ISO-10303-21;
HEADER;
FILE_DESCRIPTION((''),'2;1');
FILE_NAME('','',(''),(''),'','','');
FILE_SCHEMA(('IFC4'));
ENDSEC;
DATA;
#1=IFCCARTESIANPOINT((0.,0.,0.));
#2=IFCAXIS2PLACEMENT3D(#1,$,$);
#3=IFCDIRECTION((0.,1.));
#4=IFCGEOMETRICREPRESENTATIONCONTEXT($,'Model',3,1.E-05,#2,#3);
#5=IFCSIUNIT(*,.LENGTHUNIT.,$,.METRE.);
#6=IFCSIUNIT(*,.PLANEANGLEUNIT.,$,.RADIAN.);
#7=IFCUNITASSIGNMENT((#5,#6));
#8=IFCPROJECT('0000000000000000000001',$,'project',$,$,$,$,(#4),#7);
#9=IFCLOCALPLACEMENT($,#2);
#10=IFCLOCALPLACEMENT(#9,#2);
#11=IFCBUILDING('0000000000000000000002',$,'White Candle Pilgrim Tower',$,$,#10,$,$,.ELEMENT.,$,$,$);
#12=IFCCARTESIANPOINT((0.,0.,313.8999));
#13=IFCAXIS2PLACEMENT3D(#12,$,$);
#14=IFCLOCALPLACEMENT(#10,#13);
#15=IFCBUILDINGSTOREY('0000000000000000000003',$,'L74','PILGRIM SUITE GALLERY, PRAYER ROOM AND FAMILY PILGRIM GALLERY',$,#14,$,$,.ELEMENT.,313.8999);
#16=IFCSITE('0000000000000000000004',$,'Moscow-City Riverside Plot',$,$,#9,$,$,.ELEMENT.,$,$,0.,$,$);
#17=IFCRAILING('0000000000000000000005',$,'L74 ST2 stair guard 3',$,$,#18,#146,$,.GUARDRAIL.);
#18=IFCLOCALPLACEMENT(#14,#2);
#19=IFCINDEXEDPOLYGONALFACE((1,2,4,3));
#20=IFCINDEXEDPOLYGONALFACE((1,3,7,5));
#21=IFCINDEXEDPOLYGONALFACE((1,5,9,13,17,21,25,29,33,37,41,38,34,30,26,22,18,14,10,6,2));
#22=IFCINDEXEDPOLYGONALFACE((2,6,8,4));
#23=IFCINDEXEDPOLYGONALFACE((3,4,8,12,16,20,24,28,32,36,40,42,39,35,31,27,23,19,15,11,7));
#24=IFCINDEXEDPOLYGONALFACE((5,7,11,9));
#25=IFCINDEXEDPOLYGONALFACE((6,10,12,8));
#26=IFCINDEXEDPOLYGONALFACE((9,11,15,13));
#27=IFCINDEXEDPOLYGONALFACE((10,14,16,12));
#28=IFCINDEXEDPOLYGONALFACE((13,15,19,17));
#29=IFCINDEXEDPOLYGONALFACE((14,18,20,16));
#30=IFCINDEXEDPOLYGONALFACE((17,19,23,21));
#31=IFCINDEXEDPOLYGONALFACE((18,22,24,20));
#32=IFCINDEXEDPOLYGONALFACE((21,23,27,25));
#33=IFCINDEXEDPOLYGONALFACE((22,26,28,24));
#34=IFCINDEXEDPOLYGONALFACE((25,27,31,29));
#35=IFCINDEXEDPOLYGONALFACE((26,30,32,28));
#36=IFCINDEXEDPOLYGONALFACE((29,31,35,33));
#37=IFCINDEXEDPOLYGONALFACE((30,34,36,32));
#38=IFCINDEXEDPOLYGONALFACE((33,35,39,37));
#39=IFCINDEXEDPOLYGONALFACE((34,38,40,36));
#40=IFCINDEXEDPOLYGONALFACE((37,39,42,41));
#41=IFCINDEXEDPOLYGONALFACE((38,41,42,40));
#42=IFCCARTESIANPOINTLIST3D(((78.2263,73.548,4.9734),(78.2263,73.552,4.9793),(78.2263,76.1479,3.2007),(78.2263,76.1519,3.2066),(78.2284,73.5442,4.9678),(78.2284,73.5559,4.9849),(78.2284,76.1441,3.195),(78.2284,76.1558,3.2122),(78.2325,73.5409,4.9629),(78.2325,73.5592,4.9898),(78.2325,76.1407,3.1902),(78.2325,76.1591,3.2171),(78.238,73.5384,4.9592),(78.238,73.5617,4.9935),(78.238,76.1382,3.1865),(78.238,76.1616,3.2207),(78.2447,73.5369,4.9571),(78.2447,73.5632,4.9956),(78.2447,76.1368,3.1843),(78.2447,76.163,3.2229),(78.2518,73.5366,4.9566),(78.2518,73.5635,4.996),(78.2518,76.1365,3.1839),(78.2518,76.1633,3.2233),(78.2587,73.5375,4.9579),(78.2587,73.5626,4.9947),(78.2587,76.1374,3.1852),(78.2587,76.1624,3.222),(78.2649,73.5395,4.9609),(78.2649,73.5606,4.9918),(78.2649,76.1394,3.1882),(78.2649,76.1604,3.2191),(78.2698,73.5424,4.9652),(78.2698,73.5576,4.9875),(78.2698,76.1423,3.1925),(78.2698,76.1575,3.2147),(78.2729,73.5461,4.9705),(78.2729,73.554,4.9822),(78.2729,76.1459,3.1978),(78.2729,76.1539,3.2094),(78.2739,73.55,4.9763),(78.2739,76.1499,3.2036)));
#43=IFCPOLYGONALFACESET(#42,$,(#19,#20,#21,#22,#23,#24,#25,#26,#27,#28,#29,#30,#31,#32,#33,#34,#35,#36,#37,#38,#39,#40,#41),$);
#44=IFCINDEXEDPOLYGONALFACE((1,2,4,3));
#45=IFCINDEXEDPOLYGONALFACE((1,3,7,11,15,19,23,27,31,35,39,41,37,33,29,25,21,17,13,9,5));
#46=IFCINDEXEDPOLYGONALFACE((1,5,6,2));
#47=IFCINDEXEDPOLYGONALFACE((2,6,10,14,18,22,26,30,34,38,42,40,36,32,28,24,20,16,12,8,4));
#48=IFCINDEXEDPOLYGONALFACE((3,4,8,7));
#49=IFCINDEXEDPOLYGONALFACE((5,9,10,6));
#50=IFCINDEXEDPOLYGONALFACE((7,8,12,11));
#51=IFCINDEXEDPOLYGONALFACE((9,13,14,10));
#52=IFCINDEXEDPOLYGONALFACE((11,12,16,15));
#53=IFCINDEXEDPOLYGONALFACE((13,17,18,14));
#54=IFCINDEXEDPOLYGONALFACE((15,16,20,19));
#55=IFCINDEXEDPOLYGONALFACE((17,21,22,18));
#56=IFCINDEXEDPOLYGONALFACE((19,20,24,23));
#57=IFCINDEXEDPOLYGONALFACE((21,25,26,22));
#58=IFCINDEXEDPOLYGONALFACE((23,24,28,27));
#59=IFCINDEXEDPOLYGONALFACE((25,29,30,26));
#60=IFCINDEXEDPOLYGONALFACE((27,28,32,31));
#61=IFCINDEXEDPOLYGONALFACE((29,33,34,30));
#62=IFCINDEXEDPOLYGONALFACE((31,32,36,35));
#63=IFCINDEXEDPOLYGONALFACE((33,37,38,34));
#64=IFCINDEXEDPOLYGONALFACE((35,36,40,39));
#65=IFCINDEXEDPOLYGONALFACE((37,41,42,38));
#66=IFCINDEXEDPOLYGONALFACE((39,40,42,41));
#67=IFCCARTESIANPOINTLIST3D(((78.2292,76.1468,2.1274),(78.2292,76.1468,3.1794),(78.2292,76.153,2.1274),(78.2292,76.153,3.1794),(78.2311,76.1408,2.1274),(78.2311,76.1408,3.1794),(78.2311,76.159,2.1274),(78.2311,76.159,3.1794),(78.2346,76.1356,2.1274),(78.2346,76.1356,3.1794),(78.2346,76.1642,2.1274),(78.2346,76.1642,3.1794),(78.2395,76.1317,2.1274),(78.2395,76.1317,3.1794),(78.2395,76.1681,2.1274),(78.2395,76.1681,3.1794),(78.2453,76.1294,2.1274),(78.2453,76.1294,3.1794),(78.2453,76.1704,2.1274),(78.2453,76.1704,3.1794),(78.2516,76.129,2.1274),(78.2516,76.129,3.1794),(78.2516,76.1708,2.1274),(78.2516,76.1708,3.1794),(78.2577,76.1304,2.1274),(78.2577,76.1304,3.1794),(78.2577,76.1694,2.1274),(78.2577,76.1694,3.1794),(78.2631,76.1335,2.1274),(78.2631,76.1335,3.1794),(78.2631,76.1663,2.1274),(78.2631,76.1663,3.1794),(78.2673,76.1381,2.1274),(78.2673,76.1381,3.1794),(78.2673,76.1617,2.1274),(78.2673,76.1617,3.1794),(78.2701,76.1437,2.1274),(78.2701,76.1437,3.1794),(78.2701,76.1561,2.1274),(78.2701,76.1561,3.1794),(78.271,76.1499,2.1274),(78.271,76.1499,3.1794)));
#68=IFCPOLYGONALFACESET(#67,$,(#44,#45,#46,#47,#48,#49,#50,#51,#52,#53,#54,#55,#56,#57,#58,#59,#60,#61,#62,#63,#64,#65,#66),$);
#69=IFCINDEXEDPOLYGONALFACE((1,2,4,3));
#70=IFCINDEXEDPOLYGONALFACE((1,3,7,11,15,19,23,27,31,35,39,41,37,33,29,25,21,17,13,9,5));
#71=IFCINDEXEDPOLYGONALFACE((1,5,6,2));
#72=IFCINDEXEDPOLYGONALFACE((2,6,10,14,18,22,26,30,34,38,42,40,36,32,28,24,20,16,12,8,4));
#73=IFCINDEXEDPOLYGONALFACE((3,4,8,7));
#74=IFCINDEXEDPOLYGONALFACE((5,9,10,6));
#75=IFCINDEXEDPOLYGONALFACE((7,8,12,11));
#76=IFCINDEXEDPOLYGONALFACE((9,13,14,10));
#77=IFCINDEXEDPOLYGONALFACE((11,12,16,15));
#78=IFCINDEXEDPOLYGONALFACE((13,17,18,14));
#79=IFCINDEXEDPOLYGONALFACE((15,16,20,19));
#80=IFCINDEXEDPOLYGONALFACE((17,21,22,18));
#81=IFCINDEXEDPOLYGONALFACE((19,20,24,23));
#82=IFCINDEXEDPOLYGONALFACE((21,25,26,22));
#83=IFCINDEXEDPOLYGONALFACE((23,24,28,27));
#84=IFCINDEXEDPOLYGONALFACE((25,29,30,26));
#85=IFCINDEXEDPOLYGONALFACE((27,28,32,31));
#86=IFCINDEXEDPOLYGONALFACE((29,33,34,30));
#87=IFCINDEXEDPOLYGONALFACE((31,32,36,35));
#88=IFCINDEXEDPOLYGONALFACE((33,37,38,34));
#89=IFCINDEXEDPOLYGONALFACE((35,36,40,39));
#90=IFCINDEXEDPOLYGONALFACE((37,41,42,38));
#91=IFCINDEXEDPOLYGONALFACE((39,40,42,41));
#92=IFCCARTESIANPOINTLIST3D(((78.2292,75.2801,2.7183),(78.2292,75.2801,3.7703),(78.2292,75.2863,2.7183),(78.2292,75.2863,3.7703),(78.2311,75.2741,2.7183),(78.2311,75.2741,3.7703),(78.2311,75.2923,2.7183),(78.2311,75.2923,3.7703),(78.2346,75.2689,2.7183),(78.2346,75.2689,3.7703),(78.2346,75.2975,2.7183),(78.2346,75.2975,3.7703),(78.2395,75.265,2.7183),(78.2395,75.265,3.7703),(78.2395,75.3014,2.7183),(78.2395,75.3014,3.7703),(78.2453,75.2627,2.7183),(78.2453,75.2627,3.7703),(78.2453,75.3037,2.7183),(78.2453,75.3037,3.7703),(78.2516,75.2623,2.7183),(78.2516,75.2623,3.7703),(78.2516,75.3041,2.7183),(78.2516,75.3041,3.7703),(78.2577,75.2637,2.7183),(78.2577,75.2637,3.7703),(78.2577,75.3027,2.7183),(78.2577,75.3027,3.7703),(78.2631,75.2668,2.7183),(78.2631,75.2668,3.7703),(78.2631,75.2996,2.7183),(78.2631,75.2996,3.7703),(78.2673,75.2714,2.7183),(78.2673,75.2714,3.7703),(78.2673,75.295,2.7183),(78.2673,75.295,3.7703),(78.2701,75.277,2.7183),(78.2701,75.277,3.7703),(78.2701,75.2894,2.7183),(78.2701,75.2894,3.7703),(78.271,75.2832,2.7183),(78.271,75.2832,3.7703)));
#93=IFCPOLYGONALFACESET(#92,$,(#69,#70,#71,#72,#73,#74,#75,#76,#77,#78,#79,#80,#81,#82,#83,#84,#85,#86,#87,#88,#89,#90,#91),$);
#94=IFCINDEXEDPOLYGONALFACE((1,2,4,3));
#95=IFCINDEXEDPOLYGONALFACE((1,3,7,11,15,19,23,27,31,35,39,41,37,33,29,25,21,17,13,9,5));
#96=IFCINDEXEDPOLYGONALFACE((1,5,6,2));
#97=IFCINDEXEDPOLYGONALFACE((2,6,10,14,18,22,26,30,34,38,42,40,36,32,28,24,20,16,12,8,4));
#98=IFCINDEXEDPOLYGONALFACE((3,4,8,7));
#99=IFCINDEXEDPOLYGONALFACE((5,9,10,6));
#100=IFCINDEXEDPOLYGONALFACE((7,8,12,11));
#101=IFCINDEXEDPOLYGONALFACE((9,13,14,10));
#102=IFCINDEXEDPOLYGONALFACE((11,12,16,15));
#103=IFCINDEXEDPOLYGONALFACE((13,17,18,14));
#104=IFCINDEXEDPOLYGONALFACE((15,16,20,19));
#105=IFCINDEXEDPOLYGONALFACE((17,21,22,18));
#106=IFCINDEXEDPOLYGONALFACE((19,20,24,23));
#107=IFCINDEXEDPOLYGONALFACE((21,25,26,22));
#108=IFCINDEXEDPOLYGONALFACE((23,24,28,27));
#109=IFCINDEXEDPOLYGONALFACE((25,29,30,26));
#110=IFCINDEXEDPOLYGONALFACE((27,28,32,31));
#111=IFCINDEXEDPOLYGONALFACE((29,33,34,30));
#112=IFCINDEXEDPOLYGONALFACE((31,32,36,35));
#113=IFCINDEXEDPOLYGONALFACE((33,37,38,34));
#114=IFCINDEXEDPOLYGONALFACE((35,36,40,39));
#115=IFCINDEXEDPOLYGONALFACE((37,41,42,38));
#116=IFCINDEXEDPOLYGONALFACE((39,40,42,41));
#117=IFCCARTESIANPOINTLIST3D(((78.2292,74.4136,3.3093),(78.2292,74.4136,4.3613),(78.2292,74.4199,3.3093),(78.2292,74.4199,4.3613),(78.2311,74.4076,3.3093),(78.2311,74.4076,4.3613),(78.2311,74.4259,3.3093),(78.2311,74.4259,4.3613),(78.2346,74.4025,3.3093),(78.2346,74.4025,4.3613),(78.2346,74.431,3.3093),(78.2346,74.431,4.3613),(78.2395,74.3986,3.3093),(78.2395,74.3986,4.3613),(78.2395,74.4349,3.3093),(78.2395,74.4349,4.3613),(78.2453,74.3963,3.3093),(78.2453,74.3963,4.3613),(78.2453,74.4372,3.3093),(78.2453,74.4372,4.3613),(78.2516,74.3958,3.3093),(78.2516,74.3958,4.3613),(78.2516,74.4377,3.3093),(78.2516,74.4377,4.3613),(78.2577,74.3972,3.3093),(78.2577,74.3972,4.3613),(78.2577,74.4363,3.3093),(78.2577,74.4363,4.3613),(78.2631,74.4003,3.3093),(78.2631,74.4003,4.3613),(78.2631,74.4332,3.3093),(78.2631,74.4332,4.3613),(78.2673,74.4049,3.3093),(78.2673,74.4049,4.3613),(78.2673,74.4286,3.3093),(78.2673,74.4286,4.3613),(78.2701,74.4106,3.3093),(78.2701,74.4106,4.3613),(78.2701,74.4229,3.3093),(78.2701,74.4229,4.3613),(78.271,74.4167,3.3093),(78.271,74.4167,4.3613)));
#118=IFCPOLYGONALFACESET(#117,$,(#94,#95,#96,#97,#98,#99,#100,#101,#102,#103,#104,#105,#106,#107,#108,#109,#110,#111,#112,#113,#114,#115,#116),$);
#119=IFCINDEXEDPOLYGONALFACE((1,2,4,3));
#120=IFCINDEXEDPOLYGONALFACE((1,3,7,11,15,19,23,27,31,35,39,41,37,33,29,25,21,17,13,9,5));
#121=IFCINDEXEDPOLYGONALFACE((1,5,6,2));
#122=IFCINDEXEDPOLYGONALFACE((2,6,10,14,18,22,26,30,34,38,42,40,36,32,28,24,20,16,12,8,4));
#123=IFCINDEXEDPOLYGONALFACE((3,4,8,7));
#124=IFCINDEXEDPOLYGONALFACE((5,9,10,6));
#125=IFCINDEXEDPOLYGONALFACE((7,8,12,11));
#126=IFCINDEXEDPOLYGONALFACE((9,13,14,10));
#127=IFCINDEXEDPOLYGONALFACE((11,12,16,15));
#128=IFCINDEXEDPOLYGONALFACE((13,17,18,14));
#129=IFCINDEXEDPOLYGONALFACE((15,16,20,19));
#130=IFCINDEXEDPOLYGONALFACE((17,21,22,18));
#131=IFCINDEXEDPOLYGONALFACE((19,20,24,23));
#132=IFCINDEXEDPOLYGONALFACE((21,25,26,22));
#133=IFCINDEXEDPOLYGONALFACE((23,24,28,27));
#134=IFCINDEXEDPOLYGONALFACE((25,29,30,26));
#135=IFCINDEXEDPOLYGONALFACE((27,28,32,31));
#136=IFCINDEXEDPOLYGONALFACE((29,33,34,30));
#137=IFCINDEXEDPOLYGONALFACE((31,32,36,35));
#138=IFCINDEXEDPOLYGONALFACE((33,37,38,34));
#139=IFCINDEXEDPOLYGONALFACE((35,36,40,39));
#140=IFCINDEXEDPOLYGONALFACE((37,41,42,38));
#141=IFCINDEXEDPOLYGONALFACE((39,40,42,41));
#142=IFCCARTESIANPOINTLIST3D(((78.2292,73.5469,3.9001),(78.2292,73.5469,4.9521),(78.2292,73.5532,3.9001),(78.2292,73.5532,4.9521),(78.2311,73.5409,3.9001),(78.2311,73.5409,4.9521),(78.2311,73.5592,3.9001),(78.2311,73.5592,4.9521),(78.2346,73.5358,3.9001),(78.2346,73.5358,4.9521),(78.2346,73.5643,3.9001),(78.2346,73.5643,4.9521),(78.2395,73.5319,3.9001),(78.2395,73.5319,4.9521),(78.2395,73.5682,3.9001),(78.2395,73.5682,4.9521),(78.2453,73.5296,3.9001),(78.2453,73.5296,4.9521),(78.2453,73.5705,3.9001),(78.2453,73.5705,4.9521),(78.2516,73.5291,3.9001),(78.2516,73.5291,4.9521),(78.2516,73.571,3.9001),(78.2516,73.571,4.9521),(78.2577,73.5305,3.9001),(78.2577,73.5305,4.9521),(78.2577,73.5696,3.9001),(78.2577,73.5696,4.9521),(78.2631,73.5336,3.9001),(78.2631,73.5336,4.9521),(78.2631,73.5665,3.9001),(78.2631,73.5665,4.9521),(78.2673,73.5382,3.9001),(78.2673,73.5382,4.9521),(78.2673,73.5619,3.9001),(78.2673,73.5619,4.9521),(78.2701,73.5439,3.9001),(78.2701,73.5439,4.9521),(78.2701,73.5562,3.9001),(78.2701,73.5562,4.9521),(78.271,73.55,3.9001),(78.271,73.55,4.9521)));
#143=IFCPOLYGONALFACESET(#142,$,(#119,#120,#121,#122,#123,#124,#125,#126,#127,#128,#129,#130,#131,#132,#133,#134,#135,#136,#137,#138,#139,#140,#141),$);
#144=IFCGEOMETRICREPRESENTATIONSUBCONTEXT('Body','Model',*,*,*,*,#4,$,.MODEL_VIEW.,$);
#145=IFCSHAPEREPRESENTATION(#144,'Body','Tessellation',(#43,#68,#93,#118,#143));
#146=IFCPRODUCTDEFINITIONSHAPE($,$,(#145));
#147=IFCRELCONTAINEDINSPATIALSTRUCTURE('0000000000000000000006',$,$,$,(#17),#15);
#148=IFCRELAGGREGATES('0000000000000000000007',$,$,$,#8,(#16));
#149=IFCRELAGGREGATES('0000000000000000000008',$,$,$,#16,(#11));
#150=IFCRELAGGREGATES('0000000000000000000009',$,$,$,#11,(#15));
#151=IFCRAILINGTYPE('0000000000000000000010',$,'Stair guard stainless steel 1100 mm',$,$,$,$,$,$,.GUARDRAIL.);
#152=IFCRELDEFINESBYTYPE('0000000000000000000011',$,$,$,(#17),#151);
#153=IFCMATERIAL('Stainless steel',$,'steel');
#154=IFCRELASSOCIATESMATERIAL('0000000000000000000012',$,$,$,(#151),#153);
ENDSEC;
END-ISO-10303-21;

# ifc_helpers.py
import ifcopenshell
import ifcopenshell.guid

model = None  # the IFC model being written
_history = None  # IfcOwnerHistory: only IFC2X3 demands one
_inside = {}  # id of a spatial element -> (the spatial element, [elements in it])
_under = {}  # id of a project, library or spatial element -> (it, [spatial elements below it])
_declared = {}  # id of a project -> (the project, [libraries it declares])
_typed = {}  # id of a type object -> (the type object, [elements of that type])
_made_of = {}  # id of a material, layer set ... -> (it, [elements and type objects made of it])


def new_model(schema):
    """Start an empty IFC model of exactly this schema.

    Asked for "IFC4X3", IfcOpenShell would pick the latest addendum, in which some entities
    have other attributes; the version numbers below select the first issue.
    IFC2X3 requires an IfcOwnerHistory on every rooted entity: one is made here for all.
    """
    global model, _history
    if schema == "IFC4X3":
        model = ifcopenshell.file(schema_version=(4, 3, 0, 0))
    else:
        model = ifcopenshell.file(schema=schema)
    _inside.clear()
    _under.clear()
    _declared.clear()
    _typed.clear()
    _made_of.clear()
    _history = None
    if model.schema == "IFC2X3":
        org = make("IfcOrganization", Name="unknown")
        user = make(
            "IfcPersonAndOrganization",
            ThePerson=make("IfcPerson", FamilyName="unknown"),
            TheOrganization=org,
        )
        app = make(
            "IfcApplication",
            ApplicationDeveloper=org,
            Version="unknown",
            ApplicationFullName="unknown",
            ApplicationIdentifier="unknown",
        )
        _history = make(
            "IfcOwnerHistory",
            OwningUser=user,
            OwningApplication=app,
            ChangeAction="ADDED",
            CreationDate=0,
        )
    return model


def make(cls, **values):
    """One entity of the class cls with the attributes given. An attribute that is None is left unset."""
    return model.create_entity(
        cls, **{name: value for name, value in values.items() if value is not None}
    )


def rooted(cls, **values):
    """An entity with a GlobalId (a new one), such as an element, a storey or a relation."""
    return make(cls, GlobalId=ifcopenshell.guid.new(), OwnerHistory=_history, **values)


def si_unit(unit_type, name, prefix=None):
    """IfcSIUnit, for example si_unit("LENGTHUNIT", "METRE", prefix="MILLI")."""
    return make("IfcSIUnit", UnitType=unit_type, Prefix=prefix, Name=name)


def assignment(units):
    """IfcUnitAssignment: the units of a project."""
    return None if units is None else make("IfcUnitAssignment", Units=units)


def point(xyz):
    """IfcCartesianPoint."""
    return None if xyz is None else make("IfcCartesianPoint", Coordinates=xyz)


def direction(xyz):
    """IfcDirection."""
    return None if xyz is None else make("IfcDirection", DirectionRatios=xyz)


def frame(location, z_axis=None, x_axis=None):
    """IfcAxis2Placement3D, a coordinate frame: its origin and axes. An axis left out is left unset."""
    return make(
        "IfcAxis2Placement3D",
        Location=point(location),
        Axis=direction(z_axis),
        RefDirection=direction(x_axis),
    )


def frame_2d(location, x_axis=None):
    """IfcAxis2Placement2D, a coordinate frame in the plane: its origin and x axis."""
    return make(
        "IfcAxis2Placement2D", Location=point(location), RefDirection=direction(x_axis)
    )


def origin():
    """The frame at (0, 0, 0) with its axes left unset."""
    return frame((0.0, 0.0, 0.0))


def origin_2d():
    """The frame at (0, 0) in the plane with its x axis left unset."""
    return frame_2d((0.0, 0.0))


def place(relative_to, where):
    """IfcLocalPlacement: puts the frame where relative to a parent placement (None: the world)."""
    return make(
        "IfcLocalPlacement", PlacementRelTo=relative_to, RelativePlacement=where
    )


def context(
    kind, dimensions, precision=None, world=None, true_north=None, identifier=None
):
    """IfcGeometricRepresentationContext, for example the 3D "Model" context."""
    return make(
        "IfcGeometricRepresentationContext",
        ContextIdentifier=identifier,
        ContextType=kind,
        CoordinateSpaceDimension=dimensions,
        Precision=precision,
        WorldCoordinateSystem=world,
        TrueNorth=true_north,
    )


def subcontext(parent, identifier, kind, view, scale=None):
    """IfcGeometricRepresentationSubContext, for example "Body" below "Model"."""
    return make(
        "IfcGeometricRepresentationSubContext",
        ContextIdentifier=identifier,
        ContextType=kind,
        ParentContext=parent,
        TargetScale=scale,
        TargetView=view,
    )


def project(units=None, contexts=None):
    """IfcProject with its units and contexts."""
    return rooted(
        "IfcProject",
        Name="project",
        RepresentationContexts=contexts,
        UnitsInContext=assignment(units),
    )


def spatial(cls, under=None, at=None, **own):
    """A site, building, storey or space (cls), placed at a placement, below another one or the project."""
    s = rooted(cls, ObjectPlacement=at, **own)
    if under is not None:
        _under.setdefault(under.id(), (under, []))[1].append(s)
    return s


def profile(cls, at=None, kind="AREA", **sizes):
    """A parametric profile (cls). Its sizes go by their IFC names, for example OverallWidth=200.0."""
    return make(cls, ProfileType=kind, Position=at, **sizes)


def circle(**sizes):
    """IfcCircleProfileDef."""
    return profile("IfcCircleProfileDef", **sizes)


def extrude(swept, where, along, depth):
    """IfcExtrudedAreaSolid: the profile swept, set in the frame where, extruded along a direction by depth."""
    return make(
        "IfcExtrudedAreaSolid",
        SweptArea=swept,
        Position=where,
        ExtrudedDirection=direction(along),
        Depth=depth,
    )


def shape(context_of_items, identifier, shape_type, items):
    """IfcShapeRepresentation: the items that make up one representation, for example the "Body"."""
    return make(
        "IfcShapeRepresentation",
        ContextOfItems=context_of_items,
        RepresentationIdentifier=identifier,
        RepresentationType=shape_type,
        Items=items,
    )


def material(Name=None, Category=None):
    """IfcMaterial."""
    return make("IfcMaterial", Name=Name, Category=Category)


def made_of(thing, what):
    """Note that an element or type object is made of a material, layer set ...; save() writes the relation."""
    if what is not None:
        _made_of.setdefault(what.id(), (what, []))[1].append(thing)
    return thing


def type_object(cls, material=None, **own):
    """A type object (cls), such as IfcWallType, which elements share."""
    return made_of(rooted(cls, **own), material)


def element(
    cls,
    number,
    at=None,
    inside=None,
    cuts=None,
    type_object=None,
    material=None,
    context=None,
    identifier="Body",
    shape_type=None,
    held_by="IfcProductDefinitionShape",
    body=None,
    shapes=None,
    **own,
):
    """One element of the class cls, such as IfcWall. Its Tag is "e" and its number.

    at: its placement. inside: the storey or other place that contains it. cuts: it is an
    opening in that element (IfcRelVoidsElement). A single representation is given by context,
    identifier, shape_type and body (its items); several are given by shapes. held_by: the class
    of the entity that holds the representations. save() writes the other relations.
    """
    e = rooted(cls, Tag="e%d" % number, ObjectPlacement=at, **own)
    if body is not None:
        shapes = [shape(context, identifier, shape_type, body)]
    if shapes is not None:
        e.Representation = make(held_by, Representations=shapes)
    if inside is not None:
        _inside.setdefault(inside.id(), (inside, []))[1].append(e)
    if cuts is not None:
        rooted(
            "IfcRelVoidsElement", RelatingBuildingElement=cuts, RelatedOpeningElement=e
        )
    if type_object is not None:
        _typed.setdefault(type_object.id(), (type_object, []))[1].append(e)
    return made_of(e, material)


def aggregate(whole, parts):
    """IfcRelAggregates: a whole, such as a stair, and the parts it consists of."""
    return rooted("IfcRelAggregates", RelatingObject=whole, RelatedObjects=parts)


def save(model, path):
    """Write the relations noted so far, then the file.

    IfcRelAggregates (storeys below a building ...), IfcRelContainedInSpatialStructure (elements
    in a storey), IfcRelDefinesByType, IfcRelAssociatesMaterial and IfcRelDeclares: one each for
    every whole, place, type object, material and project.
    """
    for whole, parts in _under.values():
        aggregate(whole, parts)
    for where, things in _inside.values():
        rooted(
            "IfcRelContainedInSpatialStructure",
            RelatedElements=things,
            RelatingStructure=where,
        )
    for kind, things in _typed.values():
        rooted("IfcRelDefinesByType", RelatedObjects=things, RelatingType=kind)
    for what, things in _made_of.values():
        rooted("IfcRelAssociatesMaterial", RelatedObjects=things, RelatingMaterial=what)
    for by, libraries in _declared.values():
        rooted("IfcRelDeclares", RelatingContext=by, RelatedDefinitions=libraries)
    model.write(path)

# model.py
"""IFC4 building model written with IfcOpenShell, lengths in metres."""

from ifc_helpers import new_model, si_unit, direction, frame, origin, origin_2d, place, context, subcontext, project, spatial, circle, extrude, material, type_object, element, save


model = new_model("IFC4")

# Units and contexts
model_context = context("Model", 3, precision=1e-05, world=origin(), true_north=direction((0.0, 1.0)))
body_context = subcontext(model_context, "Body", "Model", "MODEL_VIEW")
ifc_project = project(units=[si_unit("LENGTHUNIT", "METRE"), si_unit("PLANEANGLEUNIT", "RADIAN")], contexts=[model_context])

# Site, building, storey
site_placement = place(None, origin())
site = spatial("IfcSite", under=ifc_project, at=site_placement, Name="Moscow-City Riverside Plot", CompositionType="ELEMENT", RefElevation=0.0)
building_placement = place(site_placement, origin())
building = spatial("IfcBuilding", under=site, at=building_placement, Name="White Candle Pilgrim Tower", CompositionType="ELEMENT")
storey_placement = place(building_placement, frame((0.0, 0.0, 313.8999)))
storey = spatial("IfcBuildingStorey", under=building, at=storey_placement, Name="L74", Description="PILGRIM SUITE GALLERY, PRAYER ROOM AND FAMILY PILGRIM GALLERY", CompositionType="ELEMENT", Elevation=313.8999)

# Railing
ifc_material_1 = material(Name="Stainless steel", Category="steel")
railing_type_1 = type_object("IfcRailingType", Name="Stair guard stainless steel 1100 mm", PredefinedType="GUARDRAIL", material=ifc_material_1)
railing_1_placement = place(storey_placement, frame((78.25, 76.1499, 2.1274)))
element("IfcRailing", 1, at=railing_1_placement, inside=storey, type_object=railing_type_1, Name="L74 ST2 stair guard 3", PredefinedType="GUARDRAIL", context=body_context, shape_type="SweptSolid", body=[
    extrude(circle(Radius=0.0239, at=origin_2d()), frame((0.0, 0.0, 1.0762), z_axis=(0.0, -0.826216, 0.563354), x_axis=(1.0, 0.0, 0.0)), (0.0, 0.0, 1.0), 3.1467),
    extrude(circle(Radius=0.021, at=origin_2d()), origin(), (0.0, 0.0, 1.0), 1.052),
    extrude(circle(Radius=0.021, at=origin_2d()), frame((0.0, -0.8667, 0.5908)), (0.0, 0.0, 1.0), 1.052),
    extrude(circle(Radius=0.021, at=origin_2d()), frame((0.0, -1.7332, 1.1819)), (0.0, 0.0, 1.0), 1.052),
    extrude(circle(Radius=0.021, at=origin_2d()), frame((0.0, -2.5999, 1.7727)), (0.0, 0.0, 1.0), 1.052),
])

save(model, "model.ifc")
